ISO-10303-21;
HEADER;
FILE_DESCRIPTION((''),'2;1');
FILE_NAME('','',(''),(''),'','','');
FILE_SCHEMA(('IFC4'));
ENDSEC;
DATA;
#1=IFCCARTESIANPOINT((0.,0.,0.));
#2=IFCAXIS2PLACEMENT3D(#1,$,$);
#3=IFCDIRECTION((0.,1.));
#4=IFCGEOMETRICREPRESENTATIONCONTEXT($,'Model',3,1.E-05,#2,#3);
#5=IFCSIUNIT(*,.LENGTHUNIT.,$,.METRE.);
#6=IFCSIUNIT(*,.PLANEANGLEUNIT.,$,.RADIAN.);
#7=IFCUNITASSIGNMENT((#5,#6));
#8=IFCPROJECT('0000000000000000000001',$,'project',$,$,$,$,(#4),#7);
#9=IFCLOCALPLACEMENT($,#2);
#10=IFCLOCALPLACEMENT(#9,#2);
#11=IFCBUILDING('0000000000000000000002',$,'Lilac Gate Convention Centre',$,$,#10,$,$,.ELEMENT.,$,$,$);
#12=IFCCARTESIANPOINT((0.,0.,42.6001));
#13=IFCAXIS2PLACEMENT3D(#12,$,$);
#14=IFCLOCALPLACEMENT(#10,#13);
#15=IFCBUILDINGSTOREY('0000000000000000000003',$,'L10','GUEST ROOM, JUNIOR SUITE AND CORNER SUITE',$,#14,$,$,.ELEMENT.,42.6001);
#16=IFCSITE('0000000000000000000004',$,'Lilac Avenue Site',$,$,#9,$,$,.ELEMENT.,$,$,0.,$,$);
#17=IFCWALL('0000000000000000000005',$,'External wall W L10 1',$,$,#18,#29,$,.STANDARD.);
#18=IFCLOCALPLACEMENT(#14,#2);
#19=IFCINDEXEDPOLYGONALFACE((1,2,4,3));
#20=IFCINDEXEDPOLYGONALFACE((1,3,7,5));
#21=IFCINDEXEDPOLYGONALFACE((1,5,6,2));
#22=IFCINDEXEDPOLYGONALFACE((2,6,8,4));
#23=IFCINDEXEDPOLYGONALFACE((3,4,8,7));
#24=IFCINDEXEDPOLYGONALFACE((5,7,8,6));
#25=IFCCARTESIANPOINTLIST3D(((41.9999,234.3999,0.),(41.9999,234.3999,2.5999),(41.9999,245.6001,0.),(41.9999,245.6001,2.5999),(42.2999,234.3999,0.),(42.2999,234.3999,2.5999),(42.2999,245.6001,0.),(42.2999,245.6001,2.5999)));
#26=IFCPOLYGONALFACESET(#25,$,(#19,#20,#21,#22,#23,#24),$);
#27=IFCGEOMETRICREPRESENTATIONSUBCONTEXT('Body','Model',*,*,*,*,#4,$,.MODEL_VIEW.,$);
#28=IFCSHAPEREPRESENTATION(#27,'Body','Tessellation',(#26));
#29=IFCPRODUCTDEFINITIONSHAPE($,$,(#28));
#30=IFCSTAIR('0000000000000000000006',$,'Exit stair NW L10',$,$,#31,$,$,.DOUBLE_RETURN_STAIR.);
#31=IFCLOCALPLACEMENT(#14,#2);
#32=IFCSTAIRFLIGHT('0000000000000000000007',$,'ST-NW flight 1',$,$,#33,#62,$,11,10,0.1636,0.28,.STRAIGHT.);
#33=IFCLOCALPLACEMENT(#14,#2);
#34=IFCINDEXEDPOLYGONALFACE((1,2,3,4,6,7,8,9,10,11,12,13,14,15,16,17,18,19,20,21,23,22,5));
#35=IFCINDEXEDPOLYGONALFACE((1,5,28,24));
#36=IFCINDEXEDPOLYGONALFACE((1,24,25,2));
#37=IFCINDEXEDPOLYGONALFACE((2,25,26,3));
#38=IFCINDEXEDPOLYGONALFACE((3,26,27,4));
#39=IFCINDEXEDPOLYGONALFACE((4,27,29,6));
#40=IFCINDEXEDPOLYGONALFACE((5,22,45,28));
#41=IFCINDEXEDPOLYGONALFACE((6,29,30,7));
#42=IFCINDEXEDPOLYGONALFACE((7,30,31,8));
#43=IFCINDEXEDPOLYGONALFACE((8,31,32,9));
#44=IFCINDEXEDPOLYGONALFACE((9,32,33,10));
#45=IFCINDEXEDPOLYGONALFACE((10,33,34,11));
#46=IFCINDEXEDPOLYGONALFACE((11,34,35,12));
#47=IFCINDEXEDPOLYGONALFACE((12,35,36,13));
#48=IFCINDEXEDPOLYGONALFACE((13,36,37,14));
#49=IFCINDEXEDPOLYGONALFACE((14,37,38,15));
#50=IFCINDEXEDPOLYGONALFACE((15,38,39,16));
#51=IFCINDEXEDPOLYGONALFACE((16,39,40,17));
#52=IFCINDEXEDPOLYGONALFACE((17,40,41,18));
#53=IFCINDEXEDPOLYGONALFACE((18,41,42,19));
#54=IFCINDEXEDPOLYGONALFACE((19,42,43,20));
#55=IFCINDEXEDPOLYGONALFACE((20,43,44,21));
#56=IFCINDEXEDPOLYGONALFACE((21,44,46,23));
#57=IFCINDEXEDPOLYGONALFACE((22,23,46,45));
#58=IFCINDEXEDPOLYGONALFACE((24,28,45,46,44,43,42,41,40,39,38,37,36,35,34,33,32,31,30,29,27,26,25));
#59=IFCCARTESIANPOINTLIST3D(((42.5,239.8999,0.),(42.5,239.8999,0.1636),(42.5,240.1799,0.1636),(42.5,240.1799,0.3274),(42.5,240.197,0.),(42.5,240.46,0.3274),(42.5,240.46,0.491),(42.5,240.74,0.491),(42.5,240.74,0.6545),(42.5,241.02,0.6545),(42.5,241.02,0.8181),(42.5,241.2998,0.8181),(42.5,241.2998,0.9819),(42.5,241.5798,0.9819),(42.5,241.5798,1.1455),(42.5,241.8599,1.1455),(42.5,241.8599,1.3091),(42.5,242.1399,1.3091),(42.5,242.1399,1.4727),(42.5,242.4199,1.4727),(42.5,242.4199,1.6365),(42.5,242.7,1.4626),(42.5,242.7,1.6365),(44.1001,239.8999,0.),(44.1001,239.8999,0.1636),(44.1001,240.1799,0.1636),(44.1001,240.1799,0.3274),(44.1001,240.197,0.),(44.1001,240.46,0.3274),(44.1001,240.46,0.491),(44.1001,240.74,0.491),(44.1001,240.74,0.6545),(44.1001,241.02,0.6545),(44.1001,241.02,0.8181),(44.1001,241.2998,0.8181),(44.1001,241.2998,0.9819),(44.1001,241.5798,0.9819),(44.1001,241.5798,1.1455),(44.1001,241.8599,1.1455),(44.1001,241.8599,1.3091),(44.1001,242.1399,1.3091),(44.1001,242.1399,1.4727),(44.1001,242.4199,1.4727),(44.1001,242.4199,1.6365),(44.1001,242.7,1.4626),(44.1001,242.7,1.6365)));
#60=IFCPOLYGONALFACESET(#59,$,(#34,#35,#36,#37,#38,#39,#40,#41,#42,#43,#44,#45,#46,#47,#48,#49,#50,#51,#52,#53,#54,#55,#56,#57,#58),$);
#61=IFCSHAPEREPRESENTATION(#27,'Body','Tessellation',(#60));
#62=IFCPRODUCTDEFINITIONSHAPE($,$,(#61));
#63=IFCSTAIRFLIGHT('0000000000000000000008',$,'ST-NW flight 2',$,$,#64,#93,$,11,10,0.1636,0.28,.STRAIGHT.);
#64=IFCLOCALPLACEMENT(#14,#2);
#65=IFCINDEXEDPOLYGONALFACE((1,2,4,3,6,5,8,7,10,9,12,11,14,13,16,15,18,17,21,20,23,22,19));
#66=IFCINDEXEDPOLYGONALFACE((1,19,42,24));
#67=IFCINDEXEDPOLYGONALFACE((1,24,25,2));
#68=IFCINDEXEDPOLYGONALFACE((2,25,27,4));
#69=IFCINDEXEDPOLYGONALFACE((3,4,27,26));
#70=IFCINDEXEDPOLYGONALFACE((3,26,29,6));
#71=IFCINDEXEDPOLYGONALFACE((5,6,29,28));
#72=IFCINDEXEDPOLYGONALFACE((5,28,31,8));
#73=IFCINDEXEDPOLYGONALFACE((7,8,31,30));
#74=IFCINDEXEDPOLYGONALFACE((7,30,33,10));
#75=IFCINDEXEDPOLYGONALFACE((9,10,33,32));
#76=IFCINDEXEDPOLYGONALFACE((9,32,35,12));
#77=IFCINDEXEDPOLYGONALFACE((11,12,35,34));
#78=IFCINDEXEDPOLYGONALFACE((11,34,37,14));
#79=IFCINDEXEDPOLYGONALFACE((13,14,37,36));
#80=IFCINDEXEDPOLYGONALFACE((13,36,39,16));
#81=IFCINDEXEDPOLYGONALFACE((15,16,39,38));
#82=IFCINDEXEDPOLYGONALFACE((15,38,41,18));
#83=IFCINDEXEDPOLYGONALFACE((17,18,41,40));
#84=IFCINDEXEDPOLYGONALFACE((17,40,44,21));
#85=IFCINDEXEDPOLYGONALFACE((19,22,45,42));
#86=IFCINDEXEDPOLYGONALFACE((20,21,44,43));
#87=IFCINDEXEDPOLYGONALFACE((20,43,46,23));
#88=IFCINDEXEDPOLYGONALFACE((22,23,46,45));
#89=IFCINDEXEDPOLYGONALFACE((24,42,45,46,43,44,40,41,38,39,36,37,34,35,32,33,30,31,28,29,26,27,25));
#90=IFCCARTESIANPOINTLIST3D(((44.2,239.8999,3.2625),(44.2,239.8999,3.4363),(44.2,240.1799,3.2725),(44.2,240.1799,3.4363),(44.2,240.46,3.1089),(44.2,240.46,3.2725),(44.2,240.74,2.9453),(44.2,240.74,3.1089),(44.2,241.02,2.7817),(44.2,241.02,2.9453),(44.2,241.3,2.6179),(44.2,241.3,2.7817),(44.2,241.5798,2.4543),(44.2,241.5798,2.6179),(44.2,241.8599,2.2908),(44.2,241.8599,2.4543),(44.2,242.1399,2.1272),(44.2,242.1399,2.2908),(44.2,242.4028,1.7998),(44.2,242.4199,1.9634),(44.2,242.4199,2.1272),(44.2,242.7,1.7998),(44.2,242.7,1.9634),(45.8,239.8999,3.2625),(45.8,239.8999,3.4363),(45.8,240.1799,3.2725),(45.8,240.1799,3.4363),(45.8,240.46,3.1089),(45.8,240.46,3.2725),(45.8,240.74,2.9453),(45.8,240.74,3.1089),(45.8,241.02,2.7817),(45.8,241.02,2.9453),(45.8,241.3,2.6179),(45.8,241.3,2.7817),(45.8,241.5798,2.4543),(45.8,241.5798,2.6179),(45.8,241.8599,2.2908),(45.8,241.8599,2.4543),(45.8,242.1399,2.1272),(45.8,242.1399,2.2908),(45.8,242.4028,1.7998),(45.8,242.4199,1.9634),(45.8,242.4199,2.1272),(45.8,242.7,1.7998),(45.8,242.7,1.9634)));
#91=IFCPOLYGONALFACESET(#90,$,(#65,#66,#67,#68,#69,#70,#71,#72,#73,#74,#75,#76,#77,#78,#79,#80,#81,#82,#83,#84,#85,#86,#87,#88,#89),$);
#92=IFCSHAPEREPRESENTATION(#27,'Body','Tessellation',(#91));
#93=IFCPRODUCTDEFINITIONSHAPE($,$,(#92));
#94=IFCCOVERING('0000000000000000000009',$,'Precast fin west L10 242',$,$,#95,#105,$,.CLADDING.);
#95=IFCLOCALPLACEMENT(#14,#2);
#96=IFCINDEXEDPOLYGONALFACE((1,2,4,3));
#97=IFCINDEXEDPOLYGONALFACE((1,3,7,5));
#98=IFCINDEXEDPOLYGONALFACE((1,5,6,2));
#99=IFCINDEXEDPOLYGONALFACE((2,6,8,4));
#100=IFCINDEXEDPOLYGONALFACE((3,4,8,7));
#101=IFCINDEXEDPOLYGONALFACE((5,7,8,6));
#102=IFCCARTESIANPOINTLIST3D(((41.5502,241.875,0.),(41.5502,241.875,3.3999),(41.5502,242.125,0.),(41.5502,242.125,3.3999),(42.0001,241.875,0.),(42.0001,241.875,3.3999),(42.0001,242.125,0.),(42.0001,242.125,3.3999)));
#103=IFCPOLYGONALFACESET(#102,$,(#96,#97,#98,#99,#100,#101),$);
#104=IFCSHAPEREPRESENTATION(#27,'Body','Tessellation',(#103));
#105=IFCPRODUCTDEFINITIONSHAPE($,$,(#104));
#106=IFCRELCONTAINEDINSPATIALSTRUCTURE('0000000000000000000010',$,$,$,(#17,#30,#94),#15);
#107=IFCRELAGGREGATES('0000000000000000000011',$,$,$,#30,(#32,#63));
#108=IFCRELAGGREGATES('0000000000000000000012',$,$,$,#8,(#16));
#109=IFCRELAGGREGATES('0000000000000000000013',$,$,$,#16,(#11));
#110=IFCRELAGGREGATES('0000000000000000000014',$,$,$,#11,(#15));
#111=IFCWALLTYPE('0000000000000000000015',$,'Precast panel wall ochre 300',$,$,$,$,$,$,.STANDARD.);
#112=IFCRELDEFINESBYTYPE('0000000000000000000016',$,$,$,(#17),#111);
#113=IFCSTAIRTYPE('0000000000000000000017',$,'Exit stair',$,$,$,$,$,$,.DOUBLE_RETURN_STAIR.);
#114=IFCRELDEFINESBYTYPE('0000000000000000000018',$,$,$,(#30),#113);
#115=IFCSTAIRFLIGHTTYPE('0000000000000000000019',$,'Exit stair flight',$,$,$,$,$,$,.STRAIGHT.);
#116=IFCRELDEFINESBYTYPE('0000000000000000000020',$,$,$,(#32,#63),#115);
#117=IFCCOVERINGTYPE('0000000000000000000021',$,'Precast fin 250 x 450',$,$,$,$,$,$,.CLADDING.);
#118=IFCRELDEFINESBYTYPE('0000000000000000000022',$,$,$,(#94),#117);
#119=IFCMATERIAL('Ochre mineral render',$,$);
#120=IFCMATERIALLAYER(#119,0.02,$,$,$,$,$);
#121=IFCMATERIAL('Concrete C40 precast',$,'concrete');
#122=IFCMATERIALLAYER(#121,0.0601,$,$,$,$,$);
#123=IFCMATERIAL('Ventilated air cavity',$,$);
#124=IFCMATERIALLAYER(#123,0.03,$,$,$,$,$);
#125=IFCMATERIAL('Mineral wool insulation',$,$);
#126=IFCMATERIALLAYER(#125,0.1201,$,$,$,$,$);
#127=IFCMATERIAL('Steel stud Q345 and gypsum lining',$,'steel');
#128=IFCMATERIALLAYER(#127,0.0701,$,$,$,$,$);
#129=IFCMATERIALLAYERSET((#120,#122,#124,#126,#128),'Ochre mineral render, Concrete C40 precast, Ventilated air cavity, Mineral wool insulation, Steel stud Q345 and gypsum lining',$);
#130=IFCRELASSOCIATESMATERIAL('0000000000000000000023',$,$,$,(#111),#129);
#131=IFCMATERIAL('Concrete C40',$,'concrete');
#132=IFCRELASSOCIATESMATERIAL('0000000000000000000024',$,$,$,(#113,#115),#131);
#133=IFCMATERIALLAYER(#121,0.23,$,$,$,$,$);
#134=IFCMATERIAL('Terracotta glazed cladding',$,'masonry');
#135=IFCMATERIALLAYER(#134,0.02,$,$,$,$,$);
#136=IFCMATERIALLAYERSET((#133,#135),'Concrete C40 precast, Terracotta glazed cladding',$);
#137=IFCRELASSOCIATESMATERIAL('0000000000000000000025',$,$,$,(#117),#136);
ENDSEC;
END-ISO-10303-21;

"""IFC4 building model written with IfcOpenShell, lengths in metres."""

from ifc_helpers import new_model, si_unit, direction, frame, frame_2d, origin, place, context, subcontext, project, spatial, polyline, rectangle, outline, extrude, material, layer, layer_set, type_object, element, aggregate, save


model = new_model("IFC4")

# Units and contexts
model_context = context("Model", 3, precision=1e-05, world=origin(), true_north=direction((0.0, 1.0)))
body_context = subcontext(model_context, "Body", "Model", "MODEL_VIEW")
ifc_project = project(units=[si_unit("LENGTHUNIT", "METRE"), si_unit("PLANEANGLEUNIT", "RADIAN")], contexts=[model_context])

# Site, building, storey
site_placement = place(None, origin())
site = spatial("IfcSite", under=ifc_project, at=site_placement, Name="Lilac Avenue Site", CompositionType="ELEMENT", RefElevation=0.0)
building_placement = place(site_placement, origin())
building = spatial("IfcBuilding", under=site, at=building_placement, Name="Lilac Gate Convention Centre", CompositionType="ELEMENT")
storey_placement = place(building_placement, frame((0.0, 0.0, 42.6001)))
storey = spatial("IfcBuildingStorey", under=building, at=storey_placement, Name="L10", Description="GUEST ROOM, JUNIOR SUITE AND CORNER SUITE", CompositionType="ELEMENT", Elevation=42.6001)

# Shared definitions
ifc_material_1 = material(Name="Concrete C40", Category="concrete")

# Wall
ifc_material_2 = material(Name="Concrete C40 precast", Category="concrete")
ifc_material_3 = material(Name="Ochre mineral render")
ifc_layer_1 = layer(ifc_material_3, 0.02)
ifc_layer_2 = layer(ifc_material_2, 0.0601)
ifc_material_4 = material(Name="Ventilated air cavity")
ifc_layer_3 = layer(ifc_material_4, 0.03)
ifc_material_5 = material(Name="Mineral wool insulation")
ifc_layer_4 = layer(ifc_material_5, 0.1201)
ifc_material_6 = material(Name="Steel stud Q345 and gypsum lining", Category="steel")
ifc_layer_5 = layer(ifc_material_6, 0.0701)
ifc_layer_set_1 = layer_set([ifc_layer_1, ifc_layer_2, ifc_layer_3, ifc_layer_4, ifc_layer_5], Name="Ochre mineral render, Concrete C40 precast, Ventilated air cavity, Mineral wool insulation, Steel stud Q345 and gypsum lining")
wall_type_1 = type_object("IfcWallType", Name="Precast panel wall ochre 300", PredefinedType="STANDARD", material=ifc_layer_set_1)
wall_1_placement = place(storey_placement, frame((42.1499, 245.6001, 0.0), z_axis=(0.0, 0.0, 1.0), x_axis=(0.0, -1.0, 0.0)))
element("IfcWall", 1, at=wall_1_placement, inside=storey, type_object=wall_type_1, Name="External wall W L10 1", PredefinedType="STANDARD", context=body_context, shape_type="SweptSolid", body=[
    extrude(rectangle(XDim=11.2002, YDim=0.3, at=frame_2d((5.6001, 0.0))), origin(), (0.0, 0.0, 1.0), 2.5999),
])

# Stair, stair flights
stair_type = type_object("IfcStairType", Name="Exit stair", PredefinedType="DOUBLE_RETURN_STAIR", material=ifc_material_1)
stair_placement = place(storey_placement, origin())
stair = element("IfcStair", 2, at=stair_placement, inside=storey, type_object=stair_type, Name="Exit stair NW L10", PredefinedType="DOUBLE_RETURN_STAIR")
stair_flight_type = type_object("IfcStairFlightType", Name="Exit stair flight", PredefinedType="STRAIGHT", material=ifc_material_1)
stair_flight_1_placement = place(storey_placement, frame((43.3, 239.8999, 0.0), z_axis=(0.0, 0.0, 1.0), x_axis=(0.0, 1.0, 0.0)))
stair_flight_1 = element("IfcStairFlight", 3, at=stair_flight_1_placement, type_object=stair_flight_type, Name="ST-NW flight 1", NumberOfRisers=11, NumberOfTreads=10, PredefinedType="STRAIGHT", RiserHeight=0.1636, TreadLength=0.28, context=body_context, shape_type="SweptSolid", body=[
    extrude(outline(polyline([(0.0, 0.0), (0.0, 0.1636), (0.28, 0.1636), (0.28, 0.3274), (0.5601, 0.3274), (0.5601, 0.491), (0.8401, 0.491), (0.8401, 0.6545), (1.1201, 0.6545), (1.1201, 0.8181), (1.3999, 0.8181), (1.3999, 0.9819), (1.6799, 0.9819), (1.6799, 1.1455), (1.96, 1.1455), (1.96, 1.3091), (2.24, 1.3091), (2.24, 1.4727), (2.52, 1.4727), (2.52, 1.6365), (2.8, 1.6365), (2.8, 1.8), (2.8, 1.4626), (0.2971, 0.0), (0.0, 0.0)])), frame((0.0, 0.8, 0.0), z_axis=(0.0, -1.0, 0.0), x_axis=(1.0, 0.0, 0.0)), (0.0, 0.0, 1.0), 1.6001),
])
stair_flight_2_placement = place(storey_placement, frame((45.0, 242.7, 1.7998), z_axis=(0.0, 0.0, 1.0), x_axis=(0.0, -1.0, 0.0)))
stair_flight_2 = element("IfcStairFlight", 4, at=stair_flight_2_placement, type_object=stair_flight_type, Name="ST-NW flight 2", NumberOfRisers=11, NumberOfTreads=10, PredefinedType="STRAIGHT", RiserHeight=0.1636, TreadLength=0.28, context=body_context, shape_type="SweptSolid", body=[
    extrude(outline(polyline([(0.0, 0.0), (0.0, 0.1636), (0.28, 0.1636), (0.28, 0.3274), (0.5601, 0.3274), (0.5601, 0.491), (0.8401, 0.491), (0.8401, 0.6545), (1.1201, 0.6545), (1.1201, 0.8181), (1.3999, 0.8181), (1.3999, 0.9819), (1.6799, 0.9819), (1.6799, 1.1455), (1.96, 1.1455), (1.96, 1.3091), (2.24, 1.3091), (2.24, 1.4727), (2.52, 1.4727), (2.52, 1.6365), (2.8, 1.6365), (2.8, 1.8), (2.8, 1.4626), (0.2971, 0.0), (0.0, 0.0)])), frame((0.0, 0.8, 0.0), z_axis=(0.0, -1.0, 0.0), x_axis=(1.0, 0.0, 0.0)), (0.0, 0.0, 1.0), 1.6001),
])
aggregate(stair, [stair_flight_1, stair_flight_2])

# Covering
ifc_layer_6 = layer(ifc_material_2, 0.23)
ifc_material_7 = material(Name="Terracotta glazed cladding", Category="masonry")
ifc_layer_7 = layer(ifc_material_7, 0.02)
ifc_layer_set_2 = layer_set([ifc_layer_6, ifc_layer_7], Name="Concrete C40 precast, Terracotta glazed cladding")
covering_type = type_object("IfcCoveringType", Name="Precast fin 250 x 450", PredefinedType="CLADDING", material=ifc_layer_set_2)
covering_placement = place(storey_placement, frame((41.55, 242.0, 0.0), z_axis=(0.0, 0.0, 1.0), x_axis=(1.0, 0.0, 0.0)))
element("IfcCovering", 5, at=covering_placement, inside=storey, type_object=covering_type, Name="Precast fin west L10 242", PredefinedType="CLADDING", context=body_context, shape_type="SweptSolid", body=[
    extrude(rectangle(XDim=0.45, YDim=0.25, at=frame_2d((0.2251, 0.0))), origin(), (0.0, 0.0, 1.0), 3.3999),
])

save(model, "model.ifc")
